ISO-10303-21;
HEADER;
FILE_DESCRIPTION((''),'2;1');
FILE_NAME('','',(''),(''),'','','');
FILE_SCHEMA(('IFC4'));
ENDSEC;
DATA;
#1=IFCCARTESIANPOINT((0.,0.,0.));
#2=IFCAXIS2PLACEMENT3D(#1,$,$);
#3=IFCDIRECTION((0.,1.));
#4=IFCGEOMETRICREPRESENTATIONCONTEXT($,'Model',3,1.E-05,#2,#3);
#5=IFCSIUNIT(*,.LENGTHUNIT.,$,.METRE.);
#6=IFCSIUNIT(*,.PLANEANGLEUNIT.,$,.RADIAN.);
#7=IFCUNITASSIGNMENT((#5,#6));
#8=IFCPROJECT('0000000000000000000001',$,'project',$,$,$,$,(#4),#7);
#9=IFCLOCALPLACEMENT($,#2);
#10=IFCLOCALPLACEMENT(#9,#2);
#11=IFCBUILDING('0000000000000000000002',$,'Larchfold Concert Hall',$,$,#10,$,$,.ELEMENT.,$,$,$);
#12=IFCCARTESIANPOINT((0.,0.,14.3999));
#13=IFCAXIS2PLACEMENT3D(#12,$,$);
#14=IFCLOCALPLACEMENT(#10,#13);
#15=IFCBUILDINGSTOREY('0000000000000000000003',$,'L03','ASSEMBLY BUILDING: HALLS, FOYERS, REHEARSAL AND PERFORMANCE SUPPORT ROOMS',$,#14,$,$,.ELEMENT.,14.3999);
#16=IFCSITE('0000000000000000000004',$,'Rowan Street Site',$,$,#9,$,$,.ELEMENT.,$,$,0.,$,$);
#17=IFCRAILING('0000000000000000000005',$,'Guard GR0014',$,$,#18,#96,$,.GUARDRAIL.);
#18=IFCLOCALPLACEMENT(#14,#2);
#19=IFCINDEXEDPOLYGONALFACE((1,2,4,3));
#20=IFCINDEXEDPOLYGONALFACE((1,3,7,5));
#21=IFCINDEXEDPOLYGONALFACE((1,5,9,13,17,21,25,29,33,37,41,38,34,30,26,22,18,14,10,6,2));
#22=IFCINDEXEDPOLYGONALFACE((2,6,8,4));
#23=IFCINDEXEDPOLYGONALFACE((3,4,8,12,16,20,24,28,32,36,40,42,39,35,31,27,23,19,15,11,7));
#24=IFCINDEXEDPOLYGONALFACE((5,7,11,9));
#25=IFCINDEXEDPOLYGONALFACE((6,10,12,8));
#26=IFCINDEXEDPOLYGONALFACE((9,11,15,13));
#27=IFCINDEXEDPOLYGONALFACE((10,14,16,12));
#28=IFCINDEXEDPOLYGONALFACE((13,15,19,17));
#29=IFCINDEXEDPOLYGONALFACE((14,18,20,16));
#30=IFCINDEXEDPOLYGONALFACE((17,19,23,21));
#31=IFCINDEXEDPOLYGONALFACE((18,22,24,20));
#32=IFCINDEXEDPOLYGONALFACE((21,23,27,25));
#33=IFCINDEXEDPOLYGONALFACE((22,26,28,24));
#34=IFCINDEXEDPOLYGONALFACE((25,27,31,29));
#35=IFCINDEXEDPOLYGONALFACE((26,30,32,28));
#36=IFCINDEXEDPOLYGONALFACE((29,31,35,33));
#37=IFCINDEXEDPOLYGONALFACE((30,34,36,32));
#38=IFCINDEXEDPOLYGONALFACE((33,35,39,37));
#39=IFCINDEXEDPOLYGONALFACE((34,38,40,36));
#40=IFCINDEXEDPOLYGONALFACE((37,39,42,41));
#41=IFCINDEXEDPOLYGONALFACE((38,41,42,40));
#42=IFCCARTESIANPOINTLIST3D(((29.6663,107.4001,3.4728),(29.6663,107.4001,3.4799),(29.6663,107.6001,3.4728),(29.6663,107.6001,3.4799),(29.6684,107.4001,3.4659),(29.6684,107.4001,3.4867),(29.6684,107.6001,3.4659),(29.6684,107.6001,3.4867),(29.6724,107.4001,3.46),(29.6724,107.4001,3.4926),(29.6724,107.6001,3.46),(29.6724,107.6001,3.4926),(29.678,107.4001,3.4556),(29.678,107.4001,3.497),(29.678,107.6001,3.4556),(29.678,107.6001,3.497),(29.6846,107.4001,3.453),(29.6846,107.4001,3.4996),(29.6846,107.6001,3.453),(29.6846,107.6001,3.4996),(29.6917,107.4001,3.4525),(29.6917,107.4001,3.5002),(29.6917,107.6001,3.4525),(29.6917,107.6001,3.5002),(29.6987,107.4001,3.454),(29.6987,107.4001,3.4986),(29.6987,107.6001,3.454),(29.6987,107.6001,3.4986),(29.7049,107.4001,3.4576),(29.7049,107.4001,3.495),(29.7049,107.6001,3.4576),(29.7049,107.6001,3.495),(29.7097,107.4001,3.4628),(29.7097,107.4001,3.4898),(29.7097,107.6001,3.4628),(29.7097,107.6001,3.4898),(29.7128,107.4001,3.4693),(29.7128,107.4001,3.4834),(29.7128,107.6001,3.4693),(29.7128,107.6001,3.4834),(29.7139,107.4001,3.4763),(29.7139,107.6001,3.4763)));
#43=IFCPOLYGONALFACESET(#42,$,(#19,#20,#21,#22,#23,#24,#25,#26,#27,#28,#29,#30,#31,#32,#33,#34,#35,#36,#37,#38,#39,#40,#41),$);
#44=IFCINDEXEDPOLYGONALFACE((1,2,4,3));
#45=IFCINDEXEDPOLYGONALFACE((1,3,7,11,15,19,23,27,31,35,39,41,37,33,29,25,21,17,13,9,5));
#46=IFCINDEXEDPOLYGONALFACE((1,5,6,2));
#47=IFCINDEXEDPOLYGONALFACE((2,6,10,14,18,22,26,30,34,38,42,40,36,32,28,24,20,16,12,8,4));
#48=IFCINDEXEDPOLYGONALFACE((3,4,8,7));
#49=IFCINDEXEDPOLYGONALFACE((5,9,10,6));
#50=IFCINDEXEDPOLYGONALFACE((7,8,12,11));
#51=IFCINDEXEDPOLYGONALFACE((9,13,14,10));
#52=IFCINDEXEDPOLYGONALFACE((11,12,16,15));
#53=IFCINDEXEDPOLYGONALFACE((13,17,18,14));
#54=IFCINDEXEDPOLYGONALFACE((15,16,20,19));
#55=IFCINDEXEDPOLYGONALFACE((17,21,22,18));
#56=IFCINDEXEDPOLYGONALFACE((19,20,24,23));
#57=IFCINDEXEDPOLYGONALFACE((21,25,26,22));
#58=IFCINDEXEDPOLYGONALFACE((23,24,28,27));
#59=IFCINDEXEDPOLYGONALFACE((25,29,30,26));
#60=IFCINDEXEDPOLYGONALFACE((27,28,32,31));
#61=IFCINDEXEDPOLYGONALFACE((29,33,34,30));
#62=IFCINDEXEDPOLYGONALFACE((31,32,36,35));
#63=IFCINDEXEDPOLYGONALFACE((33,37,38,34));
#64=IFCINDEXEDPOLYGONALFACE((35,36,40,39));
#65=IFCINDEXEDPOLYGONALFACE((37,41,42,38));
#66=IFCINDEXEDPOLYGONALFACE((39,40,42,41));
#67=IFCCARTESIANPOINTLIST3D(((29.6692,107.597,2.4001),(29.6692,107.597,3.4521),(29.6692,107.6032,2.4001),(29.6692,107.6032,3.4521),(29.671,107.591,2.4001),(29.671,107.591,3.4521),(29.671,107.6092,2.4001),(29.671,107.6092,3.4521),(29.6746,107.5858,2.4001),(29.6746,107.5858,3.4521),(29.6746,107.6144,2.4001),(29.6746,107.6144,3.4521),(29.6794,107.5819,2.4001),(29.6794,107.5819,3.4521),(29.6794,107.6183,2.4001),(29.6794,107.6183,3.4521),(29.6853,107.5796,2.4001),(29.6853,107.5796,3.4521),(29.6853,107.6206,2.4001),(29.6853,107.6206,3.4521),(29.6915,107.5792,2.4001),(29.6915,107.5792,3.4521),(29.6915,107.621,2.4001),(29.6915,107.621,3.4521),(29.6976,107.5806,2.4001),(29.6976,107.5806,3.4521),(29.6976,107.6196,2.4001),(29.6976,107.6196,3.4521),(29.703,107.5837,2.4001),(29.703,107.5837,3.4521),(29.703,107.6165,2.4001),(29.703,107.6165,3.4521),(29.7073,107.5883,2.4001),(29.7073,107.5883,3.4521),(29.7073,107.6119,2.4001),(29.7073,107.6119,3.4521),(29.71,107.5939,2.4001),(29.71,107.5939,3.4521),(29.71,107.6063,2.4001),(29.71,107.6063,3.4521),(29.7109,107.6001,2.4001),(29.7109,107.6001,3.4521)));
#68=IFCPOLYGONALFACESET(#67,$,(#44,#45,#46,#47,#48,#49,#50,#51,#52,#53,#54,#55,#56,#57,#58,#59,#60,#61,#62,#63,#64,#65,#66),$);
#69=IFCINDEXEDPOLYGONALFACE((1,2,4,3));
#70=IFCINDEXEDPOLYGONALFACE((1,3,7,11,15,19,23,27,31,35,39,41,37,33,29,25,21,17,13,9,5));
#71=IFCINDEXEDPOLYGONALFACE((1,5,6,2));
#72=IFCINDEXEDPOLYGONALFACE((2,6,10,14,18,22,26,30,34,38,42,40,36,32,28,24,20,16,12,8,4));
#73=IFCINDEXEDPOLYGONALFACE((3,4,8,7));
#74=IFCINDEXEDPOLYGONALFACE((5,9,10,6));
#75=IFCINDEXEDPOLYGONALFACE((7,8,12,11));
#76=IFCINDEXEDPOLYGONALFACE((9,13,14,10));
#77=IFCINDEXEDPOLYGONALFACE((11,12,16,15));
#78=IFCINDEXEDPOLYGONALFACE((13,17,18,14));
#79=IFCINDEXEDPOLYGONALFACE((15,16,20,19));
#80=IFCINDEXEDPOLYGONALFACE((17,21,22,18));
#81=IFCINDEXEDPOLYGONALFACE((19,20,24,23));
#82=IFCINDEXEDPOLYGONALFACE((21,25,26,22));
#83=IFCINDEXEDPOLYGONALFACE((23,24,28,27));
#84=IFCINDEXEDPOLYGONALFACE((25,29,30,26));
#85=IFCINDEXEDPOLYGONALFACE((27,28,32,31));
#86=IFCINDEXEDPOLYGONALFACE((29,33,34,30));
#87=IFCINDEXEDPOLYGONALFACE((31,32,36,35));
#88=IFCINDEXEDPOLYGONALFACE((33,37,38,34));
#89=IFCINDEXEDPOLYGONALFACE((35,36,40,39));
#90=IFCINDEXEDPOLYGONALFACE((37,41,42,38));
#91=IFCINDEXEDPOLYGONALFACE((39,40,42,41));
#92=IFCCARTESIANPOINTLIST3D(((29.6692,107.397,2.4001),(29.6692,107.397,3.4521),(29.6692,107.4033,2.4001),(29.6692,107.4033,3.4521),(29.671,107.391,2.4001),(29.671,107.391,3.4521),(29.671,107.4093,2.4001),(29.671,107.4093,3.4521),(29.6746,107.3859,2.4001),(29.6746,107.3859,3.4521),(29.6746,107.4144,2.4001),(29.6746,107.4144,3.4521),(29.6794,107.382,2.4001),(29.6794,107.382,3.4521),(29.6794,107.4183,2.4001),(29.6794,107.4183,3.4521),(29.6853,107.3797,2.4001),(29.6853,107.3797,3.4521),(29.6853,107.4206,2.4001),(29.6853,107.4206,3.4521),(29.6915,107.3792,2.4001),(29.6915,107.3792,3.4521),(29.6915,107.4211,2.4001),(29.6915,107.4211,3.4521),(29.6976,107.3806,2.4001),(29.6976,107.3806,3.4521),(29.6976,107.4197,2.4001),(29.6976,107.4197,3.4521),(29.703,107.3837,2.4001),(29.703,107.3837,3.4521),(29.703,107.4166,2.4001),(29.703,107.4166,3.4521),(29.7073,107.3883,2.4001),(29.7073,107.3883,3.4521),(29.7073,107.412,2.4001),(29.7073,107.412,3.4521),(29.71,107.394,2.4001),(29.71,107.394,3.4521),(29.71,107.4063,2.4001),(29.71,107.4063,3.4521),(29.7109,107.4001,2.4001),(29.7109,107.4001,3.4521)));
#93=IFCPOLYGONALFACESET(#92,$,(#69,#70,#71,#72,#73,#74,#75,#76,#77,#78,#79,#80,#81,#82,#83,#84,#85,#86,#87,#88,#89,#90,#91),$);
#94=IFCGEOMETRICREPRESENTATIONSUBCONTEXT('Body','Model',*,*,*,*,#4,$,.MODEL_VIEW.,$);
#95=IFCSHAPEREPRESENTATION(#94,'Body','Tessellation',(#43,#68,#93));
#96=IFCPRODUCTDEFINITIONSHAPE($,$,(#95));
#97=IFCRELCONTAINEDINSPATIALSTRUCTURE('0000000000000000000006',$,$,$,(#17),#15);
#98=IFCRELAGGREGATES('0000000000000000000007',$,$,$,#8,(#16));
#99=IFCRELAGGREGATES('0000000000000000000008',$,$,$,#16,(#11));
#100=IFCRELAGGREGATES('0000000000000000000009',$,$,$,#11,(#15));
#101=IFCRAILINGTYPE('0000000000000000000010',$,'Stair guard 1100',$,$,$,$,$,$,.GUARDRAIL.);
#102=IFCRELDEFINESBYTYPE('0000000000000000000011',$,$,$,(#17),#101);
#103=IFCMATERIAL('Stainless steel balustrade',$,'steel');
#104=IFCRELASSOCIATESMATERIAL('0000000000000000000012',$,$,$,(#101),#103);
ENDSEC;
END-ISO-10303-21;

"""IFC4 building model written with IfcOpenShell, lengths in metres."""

from ifc_helpers import new_model, si_unit, direction, frame, origin, origin_2d, place, context, subcontext, project, spatial, circle, extrude, material, type_object, element, save


model = new_model("IFC4")

# Units and contexts
model_context = context("Model", 3, precision=1e-05, world=origin(), true_north=direction((0.0, 1.0)))
body_context = subcontext(model_context, "Body", "Model", "MODEL_VIEW")
ifc_project = project(units=[si_unit("LENGTHUNIT", "METRE"), si_unit("PLANEANGLEUNIT", "RADIAN")], contexts=[model_context])

# Site, building, storey
site_placement = place(None, origin())
site = spatial("IfcSite", under=ifc_project, at=site_placement, Name="Rowan Street Site", CompositionType="ELEMENT", RefElevation=0.0)
building_placement = place(site_placement, origin())
building = spatial("IfcBuilding", under=site, at=building_placement, Name="Larchfold Concert Hall", CompositionType="ELEMENT")
storey_placement = place(building_placement, frame((0.0, 0.0, 14.3999)))
storey = spatial("IfcBuildingStorey", under=building, at=storey_placement, Name="L03", Description="ASSEMBLY BUILDING: HALLS, FOYERS, REHEARSAL AND PERFORMANCE SUPPORT ROOMS", CompositionType="ELEMENT", Elevation=14.3999)

# Railing
ifc_material_1 = material(Name="Stainless steel balustrade", Category="steel")
railing_type_1 = type_object("IfcRailingType", Name="Stair guard 1100", PredefinedType="GUARDRAIL", material=ifc_material_1)
railing_1_placement = place(storey_placement, frame((29.6899, 107.6001, 2.4001)))
element("IfcRailing", 1, at=railing_1_placement, inside=storey, type_object=railing_type_1, Name="Guard GR0014", PredefinedType="GUARDRAIL", context=body_context, shape_type="SweptSolid", body=[
    extrude(circle(Radius=0.0239, at=origin_2d()), frame((0.0, 0.0, 1.0762), z_axis=(0.0, -1.0, 0.0), x_axis=(1.0, 0.0, 0.0)), (0.0, 0.0, 1.0), 0.2),
    extrude(circle(Radius=0.021, at=origin_2d()), origin(), (0.0, 0.0, 1.0), 1.052),
    extrude(circle(Radius=0.021, at=origin_2d()), frame((0.0, -0.2, 0.0)), (0.0, 0.0, 1.0), 1.052),
])

save(model, "model.ifc")
